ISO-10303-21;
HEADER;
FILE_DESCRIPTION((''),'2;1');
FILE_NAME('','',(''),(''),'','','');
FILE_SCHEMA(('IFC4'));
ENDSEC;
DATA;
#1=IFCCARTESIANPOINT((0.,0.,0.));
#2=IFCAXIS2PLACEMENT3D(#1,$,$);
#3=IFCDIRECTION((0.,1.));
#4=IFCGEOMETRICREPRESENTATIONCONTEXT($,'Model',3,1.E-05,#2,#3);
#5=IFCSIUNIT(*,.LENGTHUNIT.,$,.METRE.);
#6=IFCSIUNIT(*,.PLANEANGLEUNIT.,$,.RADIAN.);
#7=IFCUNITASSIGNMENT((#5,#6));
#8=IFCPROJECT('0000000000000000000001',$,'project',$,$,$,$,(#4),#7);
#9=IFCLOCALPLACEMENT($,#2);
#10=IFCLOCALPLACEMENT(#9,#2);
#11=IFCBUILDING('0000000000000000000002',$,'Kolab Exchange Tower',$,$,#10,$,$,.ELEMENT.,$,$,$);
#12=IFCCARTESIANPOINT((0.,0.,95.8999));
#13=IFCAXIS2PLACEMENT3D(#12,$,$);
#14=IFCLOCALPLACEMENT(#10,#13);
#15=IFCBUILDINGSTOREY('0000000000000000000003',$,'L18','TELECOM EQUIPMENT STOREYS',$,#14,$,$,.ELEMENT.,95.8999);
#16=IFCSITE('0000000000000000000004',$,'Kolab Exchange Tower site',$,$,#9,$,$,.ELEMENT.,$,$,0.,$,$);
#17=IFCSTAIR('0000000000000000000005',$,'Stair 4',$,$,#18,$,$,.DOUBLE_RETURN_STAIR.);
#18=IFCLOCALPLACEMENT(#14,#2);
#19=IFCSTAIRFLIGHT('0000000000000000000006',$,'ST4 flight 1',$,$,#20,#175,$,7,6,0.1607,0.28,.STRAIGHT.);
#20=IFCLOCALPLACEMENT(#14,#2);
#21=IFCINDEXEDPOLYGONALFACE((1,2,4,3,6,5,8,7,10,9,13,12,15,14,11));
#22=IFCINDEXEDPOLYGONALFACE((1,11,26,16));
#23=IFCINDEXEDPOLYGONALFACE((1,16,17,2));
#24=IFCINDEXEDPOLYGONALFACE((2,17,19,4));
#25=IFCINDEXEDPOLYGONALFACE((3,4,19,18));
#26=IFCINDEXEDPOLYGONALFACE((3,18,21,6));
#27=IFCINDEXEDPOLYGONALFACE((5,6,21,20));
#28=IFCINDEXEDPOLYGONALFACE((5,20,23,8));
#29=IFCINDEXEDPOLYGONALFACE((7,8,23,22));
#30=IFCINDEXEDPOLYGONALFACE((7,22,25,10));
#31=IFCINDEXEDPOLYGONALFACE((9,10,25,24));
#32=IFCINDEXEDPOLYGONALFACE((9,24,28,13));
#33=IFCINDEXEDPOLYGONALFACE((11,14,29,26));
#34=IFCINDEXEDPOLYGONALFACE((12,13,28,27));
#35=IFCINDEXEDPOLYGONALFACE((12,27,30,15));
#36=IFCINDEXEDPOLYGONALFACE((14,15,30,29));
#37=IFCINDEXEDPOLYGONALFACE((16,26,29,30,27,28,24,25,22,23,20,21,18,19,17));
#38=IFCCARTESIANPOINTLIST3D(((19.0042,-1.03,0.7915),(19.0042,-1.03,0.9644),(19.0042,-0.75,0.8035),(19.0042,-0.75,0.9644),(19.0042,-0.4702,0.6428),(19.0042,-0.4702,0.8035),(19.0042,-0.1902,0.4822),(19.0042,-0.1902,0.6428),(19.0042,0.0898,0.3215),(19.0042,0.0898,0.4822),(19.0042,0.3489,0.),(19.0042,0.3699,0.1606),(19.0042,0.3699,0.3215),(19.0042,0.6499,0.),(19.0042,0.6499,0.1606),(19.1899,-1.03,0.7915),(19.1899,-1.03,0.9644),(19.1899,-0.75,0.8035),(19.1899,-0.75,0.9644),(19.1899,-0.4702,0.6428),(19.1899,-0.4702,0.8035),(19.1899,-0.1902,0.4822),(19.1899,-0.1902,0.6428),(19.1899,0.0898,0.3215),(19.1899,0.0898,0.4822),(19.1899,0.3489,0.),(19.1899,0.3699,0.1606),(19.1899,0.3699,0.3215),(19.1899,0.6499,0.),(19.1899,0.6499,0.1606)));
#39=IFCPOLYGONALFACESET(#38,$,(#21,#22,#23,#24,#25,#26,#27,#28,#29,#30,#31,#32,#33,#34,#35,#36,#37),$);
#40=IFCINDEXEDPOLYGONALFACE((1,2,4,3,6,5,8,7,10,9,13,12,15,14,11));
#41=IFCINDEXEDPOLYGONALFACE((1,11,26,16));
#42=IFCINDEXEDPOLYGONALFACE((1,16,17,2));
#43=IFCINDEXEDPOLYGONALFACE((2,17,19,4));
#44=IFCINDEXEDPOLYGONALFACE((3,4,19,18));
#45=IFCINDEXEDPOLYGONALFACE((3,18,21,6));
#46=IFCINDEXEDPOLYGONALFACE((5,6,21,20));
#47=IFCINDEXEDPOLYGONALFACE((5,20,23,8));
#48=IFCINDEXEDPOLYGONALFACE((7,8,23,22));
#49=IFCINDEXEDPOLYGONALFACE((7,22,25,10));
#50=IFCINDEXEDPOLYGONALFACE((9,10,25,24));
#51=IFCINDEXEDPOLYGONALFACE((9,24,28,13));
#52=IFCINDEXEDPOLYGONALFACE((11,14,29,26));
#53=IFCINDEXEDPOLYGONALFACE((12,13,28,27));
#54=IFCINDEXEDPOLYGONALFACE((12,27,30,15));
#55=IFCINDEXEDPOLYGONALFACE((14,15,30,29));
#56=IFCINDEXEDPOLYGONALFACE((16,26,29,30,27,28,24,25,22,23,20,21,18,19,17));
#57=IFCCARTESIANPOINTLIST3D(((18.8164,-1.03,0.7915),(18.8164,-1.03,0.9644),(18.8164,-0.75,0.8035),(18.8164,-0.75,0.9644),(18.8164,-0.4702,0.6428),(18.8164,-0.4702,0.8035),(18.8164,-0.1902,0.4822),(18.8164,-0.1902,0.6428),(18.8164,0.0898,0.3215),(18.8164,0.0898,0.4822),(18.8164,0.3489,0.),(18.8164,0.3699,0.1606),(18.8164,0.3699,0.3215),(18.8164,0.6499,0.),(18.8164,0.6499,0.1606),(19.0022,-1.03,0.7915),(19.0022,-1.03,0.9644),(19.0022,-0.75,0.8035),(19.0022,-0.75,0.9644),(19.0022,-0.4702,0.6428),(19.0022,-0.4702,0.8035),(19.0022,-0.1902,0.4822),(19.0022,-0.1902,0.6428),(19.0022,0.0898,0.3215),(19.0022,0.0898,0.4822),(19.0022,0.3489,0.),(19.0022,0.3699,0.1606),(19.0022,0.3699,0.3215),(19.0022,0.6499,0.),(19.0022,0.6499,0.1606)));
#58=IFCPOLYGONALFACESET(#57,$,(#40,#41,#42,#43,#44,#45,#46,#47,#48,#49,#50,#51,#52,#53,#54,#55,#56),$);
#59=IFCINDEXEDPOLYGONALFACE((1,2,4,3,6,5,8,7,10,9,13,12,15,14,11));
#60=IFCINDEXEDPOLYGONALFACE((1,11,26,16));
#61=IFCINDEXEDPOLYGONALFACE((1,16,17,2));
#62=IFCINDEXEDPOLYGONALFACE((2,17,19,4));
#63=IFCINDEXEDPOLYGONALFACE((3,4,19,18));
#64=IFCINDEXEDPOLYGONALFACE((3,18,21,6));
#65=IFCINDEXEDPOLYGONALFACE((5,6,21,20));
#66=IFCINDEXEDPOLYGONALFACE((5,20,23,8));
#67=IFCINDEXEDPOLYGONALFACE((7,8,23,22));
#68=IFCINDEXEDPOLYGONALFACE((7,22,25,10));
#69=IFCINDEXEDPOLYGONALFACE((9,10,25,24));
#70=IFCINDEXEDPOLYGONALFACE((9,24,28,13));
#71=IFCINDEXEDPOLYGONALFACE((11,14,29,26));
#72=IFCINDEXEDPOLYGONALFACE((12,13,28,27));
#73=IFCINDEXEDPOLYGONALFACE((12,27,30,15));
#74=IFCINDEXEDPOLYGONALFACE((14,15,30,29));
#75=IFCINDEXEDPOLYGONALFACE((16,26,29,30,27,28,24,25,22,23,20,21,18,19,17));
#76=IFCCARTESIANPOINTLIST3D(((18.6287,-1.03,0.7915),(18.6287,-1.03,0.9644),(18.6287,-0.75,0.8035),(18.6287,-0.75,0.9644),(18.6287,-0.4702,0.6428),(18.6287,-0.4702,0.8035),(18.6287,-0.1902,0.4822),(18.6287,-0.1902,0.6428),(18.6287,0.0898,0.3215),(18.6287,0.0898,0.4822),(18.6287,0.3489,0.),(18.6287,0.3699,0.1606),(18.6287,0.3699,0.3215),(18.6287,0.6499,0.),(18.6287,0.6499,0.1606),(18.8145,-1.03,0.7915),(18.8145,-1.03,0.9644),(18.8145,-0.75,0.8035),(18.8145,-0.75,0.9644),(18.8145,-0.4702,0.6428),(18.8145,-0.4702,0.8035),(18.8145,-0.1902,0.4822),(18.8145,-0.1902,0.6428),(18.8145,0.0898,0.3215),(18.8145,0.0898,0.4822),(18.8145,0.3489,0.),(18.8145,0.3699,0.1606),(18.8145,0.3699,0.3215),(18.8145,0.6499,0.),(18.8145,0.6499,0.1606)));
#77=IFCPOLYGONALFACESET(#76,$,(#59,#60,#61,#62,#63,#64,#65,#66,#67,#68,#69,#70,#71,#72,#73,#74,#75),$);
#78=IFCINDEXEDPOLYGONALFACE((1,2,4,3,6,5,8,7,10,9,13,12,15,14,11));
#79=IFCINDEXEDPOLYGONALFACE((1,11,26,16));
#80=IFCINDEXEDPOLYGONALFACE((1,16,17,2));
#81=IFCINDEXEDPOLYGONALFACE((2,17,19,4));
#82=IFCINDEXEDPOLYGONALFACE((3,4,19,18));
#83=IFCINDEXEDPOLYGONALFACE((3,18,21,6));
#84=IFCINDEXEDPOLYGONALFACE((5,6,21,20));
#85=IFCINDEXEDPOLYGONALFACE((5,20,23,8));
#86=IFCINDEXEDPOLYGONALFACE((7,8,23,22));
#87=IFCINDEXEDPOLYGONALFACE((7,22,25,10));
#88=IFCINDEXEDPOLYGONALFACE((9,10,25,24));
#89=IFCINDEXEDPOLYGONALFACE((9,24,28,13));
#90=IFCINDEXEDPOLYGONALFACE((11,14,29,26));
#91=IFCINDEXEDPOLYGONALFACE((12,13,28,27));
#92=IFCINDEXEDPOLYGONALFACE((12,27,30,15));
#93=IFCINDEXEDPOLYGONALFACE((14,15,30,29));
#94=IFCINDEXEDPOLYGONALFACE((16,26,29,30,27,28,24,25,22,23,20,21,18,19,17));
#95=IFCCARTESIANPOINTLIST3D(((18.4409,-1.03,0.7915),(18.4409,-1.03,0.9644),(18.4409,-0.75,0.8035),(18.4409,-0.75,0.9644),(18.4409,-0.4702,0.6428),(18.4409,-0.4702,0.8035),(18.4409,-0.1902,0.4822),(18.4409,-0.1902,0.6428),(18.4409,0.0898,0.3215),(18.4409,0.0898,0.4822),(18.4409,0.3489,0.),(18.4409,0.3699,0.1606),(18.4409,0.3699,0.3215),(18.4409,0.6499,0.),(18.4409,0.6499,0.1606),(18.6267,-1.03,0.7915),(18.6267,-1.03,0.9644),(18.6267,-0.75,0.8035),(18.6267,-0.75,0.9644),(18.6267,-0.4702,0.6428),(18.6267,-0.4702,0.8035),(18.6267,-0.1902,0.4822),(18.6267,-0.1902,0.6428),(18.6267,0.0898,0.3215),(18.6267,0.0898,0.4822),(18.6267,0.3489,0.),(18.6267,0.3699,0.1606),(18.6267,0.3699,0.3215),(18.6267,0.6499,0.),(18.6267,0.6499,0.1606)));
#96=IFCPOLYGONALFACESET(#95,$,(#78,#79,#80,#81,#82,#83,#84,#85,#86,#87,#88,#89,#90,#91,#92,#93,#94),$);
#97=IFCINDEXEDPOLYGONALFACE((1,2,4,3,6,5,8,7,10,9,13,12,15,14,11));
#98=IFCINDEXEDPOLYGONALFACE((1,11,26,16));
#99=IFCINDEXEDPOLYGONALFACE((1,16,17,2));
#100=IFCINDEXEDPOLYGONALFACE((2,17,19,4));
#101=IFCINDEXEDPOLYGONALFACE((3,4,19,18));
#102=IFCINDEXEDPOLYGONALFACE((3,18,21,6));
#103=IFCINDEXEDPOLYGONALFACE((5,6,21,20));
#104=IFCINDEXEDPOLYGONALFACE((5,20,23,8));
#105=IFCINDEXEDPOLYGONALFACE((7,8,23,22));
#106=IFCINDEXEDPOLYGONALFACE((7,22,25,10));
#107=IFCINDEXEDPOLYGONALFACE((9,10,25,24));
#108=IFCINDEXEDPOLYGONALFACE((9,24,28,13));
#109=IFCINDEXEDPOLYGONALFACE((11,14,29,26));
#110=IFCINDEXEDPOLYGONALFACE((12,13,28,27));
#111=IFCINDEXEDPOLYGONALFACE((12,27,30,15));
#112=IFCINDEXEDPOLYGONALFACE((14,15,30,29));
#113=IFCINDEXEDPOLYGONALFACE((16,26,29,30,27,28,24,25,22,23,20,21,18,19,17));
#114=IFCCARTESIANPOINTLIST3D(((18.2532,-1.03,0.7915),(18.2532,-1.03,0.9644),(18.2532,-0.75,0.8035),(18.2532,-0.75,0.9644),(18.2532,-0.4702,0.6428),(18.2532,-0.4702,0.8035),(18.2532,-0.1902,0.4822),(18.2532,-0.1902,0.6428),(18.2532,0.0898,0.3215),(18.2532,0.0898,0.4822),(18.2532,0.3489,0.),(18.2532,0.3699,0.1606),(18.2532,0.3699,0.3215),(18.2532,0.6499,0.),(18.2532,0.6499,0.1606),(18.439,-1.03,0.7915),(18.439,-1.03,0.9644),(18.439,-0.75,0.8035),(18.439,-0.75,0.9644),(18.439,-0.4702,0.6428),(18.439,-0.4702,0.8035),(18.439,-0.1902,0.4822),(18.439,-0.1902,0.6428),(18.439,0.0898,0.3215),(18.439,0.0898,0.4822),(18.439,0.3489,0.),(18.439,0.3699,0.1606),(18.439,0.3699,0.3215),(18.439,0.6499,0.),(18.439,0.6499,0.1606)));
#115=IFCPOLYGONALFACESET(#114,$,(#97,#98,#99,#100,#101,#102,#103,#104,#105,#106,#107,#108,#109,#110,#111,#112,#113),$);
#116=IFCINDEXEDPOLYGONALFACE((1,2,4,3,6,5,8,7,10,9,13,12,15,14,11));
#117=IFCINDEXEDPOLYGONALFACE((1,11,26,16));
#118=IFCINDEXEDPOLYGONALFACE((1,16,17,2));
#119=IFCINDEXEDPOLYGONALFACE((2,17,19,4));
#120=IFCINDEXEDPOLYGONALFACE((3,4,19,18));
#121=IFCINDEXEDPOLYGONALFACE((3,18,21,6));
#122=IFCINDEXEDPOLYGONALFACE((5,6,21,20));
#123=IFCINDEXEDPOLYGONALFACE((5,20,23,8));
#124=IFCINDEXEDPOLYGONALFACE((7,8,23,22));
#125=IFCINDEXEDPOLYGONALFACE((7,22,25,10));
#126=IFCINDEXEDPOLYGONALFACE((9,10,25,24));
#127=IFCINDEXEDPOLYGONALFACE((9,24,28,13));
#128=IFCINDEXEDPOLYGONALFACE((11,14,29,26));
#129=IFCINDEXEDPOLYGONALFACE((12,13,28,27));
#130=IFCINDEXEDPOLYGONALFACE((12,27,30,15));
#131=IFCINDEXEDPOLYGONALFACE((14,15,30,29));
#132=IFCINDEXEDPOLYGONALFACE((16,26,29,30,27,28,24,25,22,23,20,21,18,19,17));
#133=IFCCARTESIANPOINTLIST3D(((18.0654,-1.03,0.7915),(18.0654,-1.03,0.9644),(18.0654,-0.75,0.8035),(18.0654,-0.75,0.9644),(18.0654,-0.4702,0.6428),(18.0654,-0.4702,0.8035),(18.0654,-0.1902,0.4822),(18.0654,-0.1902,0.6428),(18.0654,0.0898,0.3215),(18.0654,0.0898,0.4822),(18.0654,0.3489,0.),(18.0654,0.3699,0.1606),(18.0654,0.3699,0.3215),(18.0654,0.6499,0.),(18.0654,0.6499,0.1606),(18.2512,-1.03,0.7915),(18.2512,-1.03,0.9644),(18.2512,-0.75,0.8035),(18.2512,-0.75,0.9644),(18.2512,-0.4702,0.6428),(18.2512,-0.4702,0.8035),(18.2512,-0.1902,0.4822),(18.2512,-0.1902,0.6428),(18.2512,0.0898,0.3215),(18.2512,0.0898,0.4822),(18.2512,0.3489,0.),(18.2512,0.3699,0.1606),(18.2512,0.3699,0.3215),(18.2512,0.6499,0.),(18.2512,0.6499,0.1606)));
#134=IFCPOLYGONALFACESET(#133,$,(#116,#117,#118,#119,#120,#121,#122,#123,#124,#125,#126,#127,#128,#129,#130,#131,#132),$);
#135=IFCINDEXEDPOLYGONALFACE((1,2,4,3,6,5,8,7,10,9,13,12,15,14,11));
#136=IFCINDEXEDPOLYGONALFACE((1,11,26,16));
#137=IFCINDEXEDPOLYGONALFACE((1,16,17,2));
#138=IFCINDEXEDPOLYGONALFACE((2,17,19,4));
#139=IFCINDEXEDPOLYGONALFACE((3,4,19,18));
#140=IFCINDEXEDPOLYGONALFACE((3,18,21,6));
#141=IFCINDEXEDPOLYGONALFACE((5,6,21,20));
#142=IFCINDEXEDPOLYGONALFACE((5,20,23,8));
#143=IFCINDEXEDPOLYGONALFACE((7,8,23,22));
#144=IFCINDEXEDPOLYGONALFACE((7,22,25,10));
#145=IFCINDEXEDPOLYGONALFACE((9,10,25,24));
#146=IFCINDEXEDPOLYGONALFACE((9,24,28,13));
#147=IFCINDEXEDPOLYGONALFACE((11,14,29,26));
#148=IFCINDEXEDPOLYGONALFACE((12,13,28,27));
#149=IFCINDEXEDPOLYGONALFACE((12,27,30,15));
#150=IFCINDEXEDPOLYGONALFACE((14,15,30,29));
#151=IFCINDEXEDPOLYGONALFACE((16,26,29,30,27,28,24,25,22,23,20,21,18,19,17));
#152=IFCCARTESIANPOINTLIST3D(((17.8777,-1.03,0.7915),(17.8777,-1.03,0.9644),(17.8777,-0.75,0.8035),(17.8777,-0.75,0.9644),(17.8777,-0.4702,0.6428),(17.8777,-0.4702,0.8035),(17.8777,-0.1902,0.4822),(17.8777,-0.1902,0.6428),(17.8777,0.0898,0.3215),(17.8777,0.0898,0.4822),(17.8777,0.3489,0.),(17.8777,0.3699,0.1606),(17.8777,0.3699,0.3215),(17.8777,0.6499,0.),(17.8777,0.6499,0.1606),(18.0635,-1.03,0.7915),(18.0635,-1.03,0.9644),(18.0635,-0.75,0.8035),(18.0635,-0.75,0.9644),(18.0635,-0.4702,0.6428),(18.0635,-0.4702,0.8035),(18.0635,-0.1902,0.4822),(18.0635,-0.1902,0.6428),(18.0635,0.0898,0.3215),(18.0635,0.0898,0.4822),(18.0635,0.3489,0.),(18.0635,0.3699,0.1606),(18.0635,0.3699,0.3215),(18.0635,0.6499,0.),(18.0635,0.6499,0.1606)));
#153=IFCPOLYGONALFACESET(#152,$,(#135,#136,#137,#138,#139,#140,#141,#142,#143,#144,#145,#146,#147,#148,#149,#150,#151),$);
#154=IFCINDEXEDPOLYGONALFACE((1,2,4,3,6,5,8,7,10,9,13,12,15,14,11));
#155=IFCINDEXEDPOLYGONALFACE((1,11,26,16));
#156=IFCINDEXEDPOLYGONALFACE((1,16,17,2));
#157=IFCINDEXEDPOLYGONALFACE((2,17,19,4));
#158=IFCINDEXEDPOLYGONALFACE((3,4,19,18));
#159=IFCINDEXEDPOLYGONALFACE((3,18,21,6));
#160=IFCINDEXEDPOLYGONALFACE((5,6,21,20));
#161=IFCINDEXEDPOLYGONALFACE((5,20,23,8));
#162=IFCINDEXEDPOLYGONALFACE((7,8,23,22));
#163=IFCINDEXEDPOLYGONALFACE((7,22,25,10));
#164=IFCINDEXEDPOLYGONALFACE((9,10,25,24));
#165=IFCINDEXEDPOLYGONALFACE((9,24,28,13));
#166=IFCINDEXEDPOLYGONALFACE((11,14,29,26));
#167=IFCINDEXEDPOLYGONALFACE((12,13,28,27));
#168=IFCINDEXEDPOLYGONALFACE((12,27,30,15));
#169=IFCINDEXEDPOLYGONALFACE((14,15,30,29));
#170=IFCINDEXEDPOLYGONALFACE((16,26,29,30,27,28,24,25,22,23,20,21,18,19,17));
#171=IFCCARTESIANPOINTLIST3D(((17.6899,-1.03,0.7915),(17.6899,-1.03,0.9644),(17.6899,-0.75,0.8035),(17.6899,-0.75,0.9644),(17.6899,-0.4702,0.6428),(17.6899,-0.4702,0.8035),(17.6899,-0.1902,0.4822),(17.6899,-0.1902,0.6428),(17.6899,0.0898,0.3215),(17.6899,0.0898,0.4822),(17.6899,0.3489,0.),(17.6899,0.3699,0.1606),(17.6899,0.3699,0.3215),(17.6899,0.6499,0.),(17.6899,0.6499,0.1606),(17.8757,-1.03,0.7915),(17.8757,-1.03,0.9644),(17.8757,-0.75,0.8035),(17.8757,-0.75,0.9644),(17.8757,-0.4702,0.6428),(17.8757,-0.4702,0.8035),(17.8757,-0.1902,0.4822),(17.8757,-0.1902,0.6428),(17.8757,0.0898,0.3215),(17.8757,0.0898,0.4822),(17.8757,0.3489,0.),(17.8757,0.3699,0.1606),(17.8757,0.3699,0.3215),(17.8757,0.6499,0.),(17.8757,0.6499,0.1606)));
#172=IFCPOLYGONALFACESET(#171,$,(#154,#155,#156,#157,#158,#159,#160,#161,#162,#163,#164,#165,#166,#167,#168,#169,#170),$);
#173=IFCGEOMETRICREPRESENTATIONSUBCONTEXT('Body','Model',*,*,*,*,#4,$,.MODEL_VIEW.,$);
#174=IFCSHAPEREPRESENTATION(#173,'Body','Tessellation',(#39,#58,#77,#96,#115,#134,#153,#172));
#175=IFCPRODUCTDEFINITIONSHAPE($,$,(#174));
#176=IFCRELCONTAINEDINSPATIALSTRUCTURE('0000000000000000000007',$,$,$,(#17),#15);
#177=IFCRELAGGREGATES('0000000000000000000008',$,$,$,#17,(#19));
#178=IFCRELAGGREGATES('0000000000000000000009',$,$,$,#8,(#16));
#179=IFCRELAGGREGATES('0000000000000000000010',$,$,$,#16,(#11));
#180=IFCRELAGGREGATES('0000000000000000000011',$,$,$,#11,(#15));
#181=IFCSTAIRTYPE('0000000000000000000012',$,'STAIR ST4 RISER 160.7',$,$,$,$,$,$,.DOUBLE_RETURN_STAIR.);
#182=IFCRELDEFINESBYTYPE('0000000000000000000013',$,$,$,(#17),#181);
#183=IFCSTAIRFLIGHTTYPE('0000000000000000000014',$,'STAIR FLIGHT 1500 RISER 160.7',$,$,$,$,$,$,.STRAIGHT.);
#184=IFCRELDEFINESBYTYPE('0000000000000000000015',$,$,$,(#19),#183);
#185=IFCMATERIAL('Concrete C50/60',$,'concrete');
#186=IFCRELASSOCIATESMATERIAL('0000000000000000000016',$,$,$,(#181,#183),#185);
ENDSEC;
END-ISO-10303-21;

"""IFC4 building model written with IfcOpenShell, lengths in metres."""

from ifc_helpers import new_model, si_unit, direction, frame, origin, place, context, subcontext, project, spatial, polyline, outline, extrude, material, type_object, element, aggregate, save


model = new_model("IFC4")

# Units and contexts
model_context = context("Model", 3, precision=1e-05, world=origin(), true_north=direction((0.0, 1.0)))
body_context = subcontext(model_context, "Body", "Model", "MODEL_VIEW")
ifc_project = project(units=[si_unit("LENGTHUNIT", "METRE"), si_unit("PLANEANGLEUNIT", "RADIAN")], contexts=[model_context])

# Site, building, storey
site_placement = place(None, origin())
site = spatial("IfcSite", under=ifc_project, at=site_placement, Name="Kolab Exchange Tower site", CompositionType="ELEMENT", RefElevation=0.0)
building_placement = place(site_placement, origin())
building = spatial("IfcBuilding", under=site, at=building_placement, Name="Kolab Exchange Tower", CompositionType="ELEMENT")
storey_placement = place(building_placement, frame((0.0, 0.0, 95.8999)))
storey = spatial("IfcBuildingStorey", under=building, at=storey_placement, Name="L18", Description="TELECOM EQUIPMENT STOREYS", CompositionType="ELEMENT", Elevation=95.8999)

# Shared definitions
ifc_material_1 = material(Name="Concrete C50/60", Category="concrete")

# Stair, stair flight
stair_type = type_object("IfcStairType", Name="STAIR ST4 RISER 160.7", PredefinedType="DOUBLE_RETURN_STAIR", material=ifc_material_1)
stair_placement = place(storey_placement, origin())
stair = element("IfcStair", 1, at=stair_placement, inside=storey, type_object=stair_type, Name="Stair 4", PredefinedType="DOUBLE_RETURN_STAIR")
stair_flight_type = type_object("IfcStairFlightType", Name="STAIR FLIGHT 1500 RISER 160.7", PredefinedType="STRAIGHT", material=ifc_material_1)
stair_flight_1_placement = place(storey_placement, frame((18.4399, 0.6499, 0.0), z_axis=(0.0, 0.0, 1.0), x_axis=(0.0, -1.0, 0.0)))
stair_flight_1 = element("IfcStairFlight", 2, at=stair_flight_1_placement, type_object=stair_flight_type, Name="ST4 flight 1", NumberOfRisers=7, NumberOfTreads=6, PredefinedType="STRAIGHT", RiserHeight=0.1607, TreadLength=0.28, context=body_context, shape_type="SweptSolid", body=[
    extrude(outline(polyline([(0.0, 0.0), (0.0, 0.1606), (0.28, 0.1606), (0.28, 0.3215), (0.5601, 0.3215), (0.5601, 0.4822), (0.8401, 0.4822), (0.8401, 0.6428), (1.1201, 0.6428), (1.1201, 0.8035), (1.3999, 0.8035), (1.3999, 0.9644), (1.6799, 0.9644), (1.6799, 1.125), (1.6799, 0.7915), (0.301, 0.0), (0.0, 0.0)])), frame((0.0, 0.75, 0.0), z_axis=(0.0, -1.0, 0.0), x_axis=(1.0, 0.0, 0.0)), (0.0, 0.0, 1.0), 0.1858),
    extrude(outline(polyline([(0.0, 0.0), (0.0, 0.1606), (0.28, 0.1606), (0.28, 0.3215), (0.5601, 0.3215), (0.5601, 0.4822), (0.8401, 0.4822), (0.8401, 0.6428), (1.1201, 0.6428), (1.1201, 0.8035), (1.3999, 0.8035), (1.3999, 0.9644), (1.6799, 0.9644), (1.6799, 1.125), (1.6799, 0.7915), (0.301, 0.0), (0.0, 0.0)])), frame((0.0, 0.5623, 0.0), z_axis=(0.0, -1.0, 0.0), x_axis=(1.0, 0.0, 0.0)), (0.0, 0.0, 1.0), 0.1858),
    extrude(outline(polyline([(0.0, 0.0), (0.0, 0.1606), (0.28, 0.1606), (0.28, 0.3215), (0.5601, 0.3215), (0.5601, 0.4822), (0.8401, 0.4822), (0.8401, 0.6428), (1.1201, 0.6428), (1.1201, 0.8035), (1.3999, 0.8035), (1.3999, 0.9644), (1.6799, 0.9644), (1.6799, 1.125), (1.6799, 0.7915), (0.301, 0.0), (0.0, 0.0)])), frame((0.0, 0.3745, 0.0), z_axis=(0.0, -1.0, 0.0), x_axis=(1.0, 0.0, 0.0)), (0.0, 0.0, 1.0), 0.1858),
    extrude(outline(polyline([(0.0, 0.0), (0.0, 0.1606), (0.28, 0.1606), (0.28, 0.3215), (0.5601, 0.3215), (0.5601, 0.4822), (0.8401, 0.4822), (0.8401, 0.6428), (1.1201, 0.6428), (1.1201, 0.8035), (1.3999, 0.8035), (1.3999, 0.9644), (1.6799, 0.9644), (1.6799, 1.125), (1.6799, 0.7915), (0.301, 0.0), (0.0, 0.0)])), frame((0.0, 0.1868, 0.0), z_axis=(0.0, -1.0, 0.0), x_axis=(1.0, 0.0, 0.0)), (0.0, 0.0, 1.0), 0.1858),
    extrude(outline(polyline([(0.0, 0.0), (0.0, 0.1606), (0.28, 0.1606), (0.28, 0.3215), (0.5601, 0.3215), (0.5601, 0.4822), (0.8401, 0.4822), (0.8401, 0.6428), (1.1201, 0.6428), (1.1201, 0.8035), (1.3999, 0.8035), (1.3999, 0.9644), (1.6799, 0.9644), (1.6799, 1.125), (1.6799, 0.7915), (0.301, 0.0), (0.0, 0.0)])), frame((0.0, -0.001, 0.0), z_axis=(0.0, -1.0, 0.0), x_axis=(1.0, 0.0, 0.0)), (0.0, 0.0, 1.0), 0.1858),
    extrude(outline(polyline([(0.0, 0.0), (0.0, 0.1606), (0.28, 0.1606), (0.28, 0.3215), (0.5601, 0.3215), (0.5601, 0.4822), (0.8401, 0.4822), (0.8401, 0.6428), (1.1201, 0.6428), (1.1201, 0.8035), (1.3999, 0.8035), (1.3999, 0.9644), (1.6799, 0.9644), (1.6799, 1.125), (1.6799, 0.7915), (0.301, 0.0), (0.0, 0.0)])), frame((0.0, -0.1887, 0.0), z_axis=(0.0, -1.0, 0.0), x_axis=(1.0, 0.0, 0.0)), (0.0, 0.0, 1.0), 0.1858),
    extrude(outline(polyline([(0.0, 0.0), (0.0, 0.1606), (0.28, 0.1606), (0.28, 0.3215), (0.5601, 0.3215), (0.5601, 0.4822), (0.8401, 0.4822), (0.8401, 0.6428), (1.1201, 0.6428), (1.1201, 0.8035), (1.3999, 0.8035), (1.3999, 0.9644), (1.6799, 0.9644), (1.6799, 1.125), (1.6799, 0.7915), (0.301, 0.0), (0.0, 0.0)])), frame((0.0, -0.3765, 0.0), z_axis=(0.0, -1.0, 0.0), x_axis=(1.0, 0.0, 0.0)), (0.0, 0.0, 1.0), 0.1858),
    extrude(outline(polyline([(0.0, 0.0), (0.0, 0.1606), (0.28, 0.1606), (0.28, 0.3215), (0.5601, 0.3215), (0.5601, 0.4822), (0.8401, 0.4822), (0.8401, 0.6428), (1.1201, 0.6428), (1.1201, 0.8035), (1.3999, 0.8035), (1.3999, 0.9644), (1.6799, 0.9644), (1.6799, 1.125), (1.6799, 0.7915), (0.301, 0.0), (0.0, 0.0)])), frame((0.0, -0.5642, 0.0), z_axis=(0.0, -1.0, 0.0), x_axis=(1.0, 0.0, 0.0)), (0.0, 0.0, 1.0), 0.1858),
])
aggregate(stair, [stair_flight_1])

save(model, "model.ifc")
